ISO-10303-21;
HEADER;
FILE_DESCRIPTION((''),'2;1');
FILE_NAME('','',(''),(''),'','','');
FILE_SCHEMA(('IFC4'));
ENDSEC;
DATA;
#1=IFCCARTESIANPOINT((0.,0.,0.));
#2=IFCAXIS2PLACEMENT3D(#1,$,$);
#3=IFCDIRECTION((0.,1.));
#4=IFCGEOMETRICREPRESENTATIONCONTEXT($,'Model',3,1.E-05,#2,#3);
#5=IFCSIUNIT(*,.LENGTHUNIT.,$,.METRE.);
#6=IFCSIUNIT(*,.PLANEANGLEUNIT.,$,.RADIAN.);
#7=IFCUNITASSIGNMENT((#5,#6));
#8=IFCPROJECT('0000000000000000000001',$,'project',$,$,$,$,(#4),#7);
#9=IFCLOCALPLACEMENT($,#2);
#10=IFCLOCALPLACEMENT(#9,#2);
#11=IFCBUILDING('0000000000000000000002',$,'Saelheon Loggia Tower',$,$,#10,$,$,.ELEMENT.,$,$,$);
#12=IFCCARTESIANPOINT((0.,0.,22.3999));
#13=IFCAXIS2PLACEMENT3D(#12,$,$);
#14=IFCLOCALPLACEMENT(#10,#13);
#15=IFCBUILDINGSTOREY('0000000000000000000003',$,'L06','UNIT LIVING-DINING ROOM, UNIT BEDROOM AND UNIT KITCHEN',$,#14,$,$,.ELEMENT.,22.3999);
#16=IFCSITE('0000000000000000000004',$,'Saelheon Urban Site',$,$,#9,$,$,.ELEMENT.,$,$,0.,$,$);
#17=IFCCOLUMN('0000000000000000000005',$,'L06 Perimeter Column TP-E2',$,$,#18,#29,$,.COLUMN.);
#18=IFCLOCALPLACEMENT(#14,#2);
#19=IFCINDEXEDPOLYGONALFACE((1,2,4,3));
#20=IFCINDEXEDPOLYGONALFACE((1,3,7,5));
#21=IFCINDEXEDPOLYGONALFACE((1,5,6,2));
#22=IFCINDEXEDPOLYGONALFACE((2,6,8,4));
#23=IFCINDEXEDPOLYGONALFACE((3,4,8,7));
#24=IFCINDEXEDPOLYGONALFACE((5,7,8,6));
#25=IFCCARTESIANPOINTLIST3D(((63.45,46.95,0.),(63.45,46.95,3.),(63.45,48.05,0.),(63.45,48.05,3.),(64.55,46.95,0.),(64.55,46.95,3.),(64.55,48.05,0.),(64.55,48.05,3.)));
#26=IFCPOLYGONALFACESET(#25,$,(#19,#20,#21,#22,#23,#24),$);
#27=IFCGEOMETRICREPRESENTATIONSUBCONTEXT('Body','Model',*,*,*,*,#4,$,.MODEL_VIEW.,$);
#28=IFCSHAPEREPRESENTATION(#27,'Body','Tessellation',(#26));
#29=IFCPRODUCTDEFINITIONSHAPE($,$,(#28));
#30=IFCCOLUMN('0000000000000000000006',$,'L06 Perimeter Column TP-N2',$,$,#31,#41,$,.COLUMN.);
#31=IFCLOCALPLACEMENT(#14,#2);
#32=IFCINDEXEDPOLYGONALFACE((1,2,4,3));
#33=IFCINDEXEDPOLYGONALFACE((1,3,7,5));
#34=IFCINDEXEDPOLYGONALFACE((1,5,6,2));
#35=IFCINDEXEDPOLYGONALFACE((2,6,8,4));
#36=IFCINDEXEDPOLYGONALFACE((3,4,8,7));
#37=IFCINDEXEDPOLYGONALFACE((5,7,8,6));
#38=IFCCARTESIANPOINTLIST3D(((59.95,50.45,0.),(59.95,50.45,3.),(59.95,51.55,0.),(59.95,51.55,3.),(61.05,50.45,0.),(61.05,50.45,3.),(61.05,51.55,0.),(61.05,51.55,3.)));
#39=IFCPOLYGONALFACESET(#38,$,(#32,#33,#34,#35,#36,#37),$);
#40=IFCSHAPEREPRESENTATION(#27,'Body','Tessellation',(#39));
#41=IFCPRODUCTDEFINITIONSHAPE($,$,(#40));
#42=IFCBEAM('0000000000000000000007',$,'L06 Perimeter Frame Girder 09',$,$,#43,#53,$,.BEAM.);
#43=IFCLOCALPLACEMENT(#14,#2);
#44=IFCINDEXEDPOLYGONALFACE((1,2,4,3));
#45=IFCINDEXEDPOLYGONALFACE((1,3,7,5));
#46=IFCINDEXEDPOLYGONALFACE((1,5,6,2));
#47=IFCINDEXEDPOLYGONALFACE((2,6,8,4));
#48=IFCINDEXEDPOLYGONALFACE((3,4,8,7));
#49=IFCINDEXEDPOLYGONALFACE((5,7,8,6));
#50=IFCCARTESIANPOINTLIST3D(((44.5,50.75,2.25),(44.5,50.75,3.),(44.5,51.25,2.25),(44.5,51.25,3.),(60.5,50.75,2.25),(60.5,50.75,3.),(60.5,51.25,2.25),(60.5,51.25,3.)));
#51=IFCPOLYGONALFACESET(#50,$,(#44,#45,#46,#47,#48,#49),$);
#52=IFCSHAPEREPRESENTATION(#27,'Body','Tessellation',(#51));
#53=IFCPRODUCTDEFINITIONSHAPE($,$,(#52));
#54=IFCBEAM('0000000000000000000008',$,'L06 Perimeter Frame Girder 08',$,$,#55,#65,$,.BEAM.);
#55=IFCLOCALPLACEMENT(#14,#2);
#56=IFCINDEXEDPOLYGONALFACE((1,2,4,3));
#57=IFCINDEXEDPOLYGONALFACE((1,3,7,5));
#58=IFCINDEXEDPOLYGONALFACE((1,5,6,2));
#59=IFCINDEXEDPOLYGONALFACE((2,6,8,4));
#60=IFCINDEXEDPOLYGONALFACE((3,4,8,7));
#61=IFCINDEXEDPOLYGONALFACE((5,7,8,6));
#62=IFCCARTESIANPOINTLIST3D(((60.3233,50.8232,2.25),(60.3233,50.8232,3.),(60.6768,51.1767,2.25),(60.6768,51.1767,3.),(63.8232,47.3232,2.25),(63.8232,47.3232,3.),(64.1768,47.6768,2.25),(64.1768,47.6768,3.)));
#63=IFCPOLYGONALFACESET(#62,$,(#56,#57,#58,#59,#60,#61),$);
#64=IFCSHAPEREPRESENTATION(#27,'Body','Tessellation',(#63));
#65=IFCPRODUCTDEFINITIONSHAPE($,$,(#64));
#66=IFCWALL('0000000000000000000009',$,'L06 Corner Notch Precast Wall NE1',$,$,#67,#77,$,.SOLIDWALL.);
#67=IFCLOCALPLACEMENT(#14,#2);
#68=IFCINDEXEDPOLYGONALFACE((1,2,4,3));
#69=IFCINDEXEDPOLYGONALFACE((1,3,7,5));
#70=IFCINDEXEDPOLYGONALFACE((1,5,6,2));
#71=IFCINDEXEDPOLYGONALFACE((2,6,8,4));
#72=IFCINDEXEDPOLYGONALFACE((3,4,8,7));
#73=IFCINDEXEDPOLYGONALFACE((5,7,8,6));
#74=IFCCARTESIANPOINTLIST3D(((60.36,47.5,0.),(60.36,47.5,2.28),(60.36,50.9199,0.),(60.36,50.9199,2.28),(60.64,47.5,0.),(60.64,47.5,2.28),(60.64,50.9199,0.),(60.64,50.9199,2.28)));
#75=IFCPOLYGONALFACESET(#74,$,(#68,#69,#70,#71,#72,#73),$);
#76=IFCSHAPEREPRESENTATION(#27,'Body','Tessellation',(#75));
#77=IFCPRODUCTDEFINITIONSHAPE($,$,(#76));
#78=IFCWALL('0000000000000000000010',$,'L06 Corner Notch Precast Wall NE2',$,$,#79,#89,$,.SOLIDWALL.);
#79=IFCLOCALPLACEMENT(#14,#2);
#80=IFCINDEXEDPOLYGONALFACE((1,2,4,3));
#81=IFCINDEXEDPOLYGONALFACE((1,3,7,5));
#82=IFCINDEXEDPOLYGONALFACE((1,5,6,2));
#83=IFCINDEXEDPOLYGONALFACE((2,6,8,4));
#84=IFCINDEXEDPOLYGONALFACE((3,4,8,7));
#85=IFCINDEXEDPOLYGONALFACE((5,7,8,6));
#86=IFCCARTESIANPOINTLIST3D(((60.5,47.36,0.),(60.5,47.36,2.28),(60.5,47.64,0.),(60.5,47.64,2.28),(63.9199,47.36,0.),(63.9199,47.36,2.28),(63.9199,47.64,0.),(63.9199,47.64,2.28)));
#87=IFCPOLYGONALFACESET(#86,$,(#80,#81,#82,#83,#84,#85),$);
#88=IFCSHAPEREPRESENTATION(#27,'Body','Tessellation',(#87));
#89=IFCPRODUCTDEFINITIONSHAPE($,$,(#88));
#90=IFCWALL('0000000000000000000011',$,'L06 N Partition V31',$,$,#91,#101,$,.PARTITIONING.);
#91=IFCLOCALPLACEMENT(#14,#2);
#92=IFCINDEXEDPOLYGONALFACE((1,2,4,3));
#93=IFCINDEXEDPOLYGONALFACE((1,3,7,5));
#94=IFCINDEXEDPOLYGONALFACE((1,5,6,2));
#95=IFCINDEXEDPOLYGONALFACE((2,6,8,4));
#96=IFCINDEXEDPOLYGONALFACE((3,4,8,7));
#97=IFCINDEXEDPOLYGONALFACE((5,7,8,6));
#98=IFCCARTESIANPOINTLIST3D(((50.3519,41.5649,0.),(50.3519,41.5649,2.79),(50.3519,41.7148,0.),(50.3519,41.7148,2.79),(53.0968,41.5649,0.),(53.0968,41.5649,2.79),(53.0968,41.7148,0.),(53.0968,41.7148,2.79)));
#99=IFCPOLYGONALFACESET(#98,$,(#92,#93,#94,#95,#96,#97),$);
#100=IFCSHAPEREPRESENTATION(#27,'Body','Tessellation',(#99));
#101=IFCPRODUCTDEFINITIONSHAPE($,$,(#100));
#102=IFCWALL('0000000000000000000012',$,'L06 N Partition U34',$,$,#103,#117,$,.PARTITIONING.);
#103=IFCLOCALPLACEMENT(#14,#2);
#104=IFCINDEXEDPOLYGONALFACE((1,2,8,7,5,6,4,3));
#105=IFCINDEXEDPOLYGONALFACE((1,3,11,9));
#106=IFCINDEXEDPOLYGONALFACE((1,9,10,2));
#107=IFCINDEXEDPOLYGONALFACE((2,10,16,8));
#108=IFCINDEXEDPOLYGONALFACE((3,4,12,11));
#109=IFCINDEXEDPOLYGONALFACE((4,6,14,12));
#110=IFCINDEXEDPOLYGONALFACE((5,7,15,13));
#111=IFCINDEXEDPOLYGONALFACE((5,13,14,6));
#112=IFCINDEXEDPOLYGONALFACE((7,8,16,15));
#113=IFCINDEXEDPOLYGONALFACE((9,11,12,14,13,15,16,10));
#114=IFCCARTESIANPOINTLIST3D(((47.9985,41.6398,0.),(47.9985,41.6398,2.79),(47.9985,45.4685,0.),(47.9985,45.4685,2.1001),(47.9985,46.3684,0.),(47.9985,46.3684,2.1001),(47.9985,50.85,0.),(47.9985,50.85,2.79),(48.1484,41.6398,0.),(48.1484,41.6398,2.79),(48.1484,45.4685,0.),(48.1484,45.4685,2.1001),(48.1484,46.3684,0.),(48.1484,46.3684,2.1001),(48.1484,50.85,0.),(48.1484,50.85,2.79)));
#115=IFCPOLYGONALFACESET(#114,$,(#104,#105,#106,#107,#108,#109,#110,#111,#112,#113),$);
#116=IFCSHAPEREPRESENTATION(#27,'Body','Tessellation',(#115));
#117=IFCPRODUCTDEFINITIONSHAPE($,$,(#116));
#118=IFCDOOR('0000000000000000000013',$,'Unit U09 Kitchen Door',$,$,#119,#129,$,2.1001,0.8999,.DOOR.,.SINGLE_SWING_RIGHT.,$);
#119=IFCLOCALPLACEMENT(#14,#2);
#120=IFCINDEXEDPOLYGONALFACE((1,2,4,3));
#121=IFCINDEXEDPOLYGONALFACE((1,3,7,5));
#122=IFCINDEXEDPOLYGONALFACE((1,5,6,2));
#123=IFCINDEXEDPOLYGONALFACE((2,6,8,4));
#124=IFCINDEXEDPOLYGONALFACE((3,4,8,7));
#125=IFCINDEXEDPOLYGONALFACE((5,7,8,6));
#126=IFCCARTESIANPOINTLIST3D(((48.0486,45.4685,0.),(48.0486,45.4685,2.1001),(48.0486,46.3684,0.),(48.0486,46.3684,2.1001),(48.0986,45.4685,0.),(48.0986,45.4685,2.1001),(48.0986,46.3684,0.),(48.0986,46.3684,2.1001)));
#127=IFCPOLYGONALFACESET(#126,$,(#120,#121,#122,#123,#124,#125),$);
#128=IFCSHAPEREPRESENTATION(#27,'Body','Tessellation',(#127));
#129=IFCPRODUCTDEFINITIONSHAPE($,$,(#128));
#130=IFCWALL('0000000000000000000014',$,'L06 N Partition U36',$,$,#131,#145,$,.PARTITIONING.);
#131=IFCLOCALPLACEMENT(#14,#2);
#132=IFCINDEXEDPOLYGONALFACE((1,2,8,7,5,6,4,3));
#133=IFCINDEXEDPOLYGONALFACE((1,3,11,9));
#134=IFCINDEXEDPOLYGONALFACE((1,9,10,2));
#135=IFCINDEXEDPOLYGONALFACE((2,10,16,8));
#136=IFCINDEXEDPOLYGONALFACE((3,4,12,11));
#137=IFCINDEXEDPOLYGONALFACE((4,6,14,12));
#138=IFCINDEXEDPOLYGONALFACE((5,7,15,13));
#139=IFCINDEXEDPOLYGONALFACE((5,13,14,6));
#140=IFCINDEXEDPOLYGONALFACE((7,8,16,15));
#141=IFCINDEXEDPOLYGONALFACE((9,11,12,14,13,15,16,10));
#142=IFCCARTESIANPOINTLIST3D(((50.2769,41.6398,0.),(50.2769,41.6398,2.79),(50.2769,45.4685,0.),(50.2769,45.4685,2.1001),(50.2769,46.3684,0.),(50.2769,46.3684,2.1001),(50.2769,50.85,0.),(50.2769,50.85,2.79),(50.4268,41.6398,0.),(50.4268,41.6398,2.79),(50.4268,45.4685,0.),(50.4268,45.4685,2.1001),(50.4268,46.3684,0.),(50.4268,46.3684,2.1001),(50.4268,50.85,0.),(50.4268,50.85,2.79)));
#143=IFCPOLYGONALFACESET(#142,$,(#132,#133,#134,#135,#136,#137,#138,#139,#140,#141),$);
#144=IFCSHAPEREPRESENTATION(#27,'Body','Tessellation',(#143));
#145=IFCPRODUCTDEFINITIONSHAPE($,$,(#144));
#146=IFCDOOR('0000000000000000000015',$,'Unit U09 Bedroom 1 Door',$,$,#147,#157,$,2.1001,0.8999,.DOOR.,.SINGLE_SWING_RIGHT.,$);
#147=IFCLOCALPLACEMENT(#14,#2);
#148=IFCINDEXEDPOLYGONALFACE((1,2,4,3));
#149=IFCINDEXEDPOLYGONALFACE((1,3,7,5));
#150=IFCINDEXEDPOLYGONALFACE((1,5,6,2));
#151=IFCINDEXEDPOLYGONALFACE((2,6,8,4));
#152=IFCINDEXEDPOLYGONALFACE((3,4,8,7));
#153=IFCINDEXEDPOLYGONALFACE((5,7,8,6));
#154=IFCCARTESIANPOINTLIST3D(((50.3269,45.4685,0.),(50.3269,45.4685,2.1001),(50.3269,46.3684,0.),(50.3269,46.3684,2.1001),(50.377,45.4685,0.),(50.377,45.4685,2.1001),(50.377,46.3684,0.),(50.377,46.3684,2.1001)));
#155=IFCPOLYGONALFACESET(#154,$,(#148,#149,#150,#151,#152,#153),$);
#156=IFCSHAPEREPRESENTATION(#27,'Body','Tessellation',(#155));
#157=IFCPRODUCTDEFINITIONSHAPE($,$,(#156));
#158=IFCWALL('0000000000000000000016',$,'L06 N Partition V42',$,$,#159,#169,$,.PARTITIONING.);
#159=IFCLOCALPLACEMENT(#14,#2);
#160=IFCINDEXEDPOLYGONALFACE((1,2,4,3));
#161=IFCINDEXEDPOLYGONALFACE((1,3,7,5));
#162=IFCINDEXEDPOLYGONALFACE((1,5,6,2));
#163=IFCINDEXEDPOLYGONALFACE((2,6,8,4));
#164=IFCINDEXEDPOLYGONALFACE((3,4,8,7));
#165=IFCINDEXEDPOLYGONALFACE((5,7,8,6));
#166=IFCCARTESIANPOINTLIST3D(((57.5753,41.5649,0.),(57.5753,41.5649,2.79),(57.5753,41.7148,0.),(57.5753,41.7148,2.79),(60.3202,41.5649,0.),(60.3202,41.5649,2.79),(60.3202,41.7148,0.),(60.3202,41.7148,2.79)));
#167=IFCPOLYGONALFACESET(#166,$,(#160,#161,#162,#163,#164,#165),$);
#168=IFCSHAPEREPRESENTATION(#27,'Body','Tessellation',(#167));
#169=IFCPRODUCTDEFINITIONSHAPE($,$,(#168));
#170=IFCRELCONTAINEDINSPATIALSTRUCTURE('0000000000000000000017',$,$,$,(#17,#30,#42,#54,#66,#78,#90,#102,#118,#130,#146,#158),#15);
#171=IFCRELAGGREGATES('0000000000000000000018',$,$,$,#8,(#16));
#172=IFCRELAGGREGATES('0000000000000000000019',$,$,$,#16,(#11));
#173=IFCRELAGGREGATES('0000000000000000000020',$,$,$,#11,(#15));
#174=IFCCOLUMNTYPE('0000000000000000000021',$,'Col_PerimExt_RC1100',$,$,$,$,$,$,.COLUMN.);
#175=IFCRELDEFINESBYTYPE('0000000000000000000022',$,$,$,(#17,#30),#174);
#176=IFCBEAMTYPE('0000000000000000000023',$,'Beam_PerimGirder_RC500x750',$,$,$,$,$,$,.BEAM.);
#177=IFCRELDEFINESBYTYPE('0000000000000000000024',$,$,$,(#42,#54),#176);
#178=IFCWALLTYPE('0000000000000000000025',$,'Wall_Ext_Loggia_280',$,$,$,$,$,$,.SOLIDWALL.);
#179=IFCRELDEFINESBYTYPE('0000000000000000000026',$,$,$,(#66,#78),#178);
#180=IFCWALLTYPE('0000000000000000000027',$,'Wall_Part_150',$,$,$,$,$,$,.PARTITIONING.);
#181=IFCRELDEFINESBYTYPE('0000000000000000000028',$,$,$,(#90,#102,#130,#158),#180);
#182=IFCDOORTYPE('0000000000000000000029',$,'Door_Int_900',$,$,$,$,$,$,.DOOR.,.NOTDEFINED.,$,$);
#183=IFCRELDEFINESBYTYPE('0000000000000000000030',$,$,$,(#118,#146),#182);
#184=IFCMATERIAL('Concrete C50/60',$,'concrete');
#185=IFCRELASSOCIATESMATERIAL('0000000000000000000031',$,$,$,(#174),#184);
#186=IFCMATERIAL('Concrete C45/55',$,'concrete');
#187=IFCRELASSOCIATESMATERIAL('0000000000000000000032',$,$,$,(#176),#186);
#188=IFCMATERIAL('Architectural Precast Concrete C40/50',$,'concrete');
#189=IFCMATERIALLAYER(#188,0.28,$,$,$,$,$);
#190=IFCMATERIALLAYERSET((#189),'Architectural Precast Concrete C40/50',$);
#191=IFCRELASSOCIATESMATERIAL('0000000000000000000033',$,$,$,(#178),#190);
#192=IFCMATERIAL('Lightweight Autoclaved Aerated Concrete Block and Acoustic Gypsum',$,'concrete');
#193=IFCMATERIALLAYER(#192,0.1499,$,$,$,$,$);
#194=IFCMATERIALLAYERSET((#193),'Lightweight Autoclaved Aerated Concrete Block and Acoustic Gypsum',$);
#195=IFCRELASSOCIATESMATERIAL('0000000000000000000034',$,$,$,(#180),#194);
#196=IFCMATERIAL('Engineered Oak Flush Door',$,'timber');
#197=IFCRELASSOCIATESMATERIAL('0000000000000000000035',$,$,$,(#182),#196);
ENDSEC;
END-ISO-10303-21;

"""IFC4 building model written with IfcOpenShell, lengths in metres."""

from ifc_helpers import new_model, si_unit, direction, frame, frame_2d, origin, origin_2d, place, context, subcontext, project, spatial, rectangle, extrude, source, transform, mapped, material, layer, layer_set, material_profile, profile_set, type_object, element, fill, save


model = new_model("IFC4")

# Units and contexts
model_context = context("Model", 3, precision=1e-05, world=origin(), true_north=direction((0.0, 1.0)))
body_context = subcontext(model_context, "Body", "Model", "MODEL_VIEW")
ifc_project = project(units=[si_unit("LENGTHUNIT", "METRE"), si_unit("PLANEANGLEUNIT", "RADIAN")], contexts=[model_context])

# Site, building, storey
site_placement = place(None, origin())
site = spatial("IfcSite", under=ifc_project, at=site_placement, Name="Saelheon Urban Site", CompositionType="ELEMENT", RefElevation=0.0)
building_placement = place(site_placement, origin())
building = spatial("IfcBuilding", under=site, at=building_placement, Name="Saelheon Loggia Tower", CompositionType="ELEMENT")
storey_placement = place(building_placement, frame((0.0, 0.0, 22.3999)))
storey = spatial("IfcBuildingStorey", under=building, at=storey_placement, Name="L06", Description="UNIT LIVING-DINING ROOM, UNIT BEDROOM AND UNIT KITCHEN", CompositionType="ELEMENT", Elevation=22.3999)

# Columns
ifc_material_1 = material(Name="Concrete C50/60", Category="concrete")
ifc_material_profile_1 = material_profile(ifc_material_1, rectangle(XDim=1.1001, YDim=1.1001, at=origin_2d()), Name="RC-1100x1100")
ifc_profile_set_1 = profile_set([ifc_material_profile_1], Name="Concrete C50/60")
column_type = type_object("IfcColumnType", Name="Col_PerimExt_RC1100", PredefinedType="COLUMN", material=ifc_profile_set_1)
shared_shape_1 = source(origin(), body_context, "Body", "SweptSolid", [
    extrude(rectangle(XDim=1.1001, YDim=1.1001, at=origin_2d()), origin(), (0.0, 0.0, 1.0), 3.0),
])
for number, where, z_axis, x_axis, name in (
    (1, (64.0, 47.5, 0.0), (0.0, 0.0, 1.0), (1.0, 0.0, 0.0), "L06 Perimeter Column TP-E2"),
    (2, (60.5, 51.0, 0.0), (0.0, 0.0, 1.0), (1.0, 0.0, 0.0), "L06 Perimeter Column TP-N2"),
):
    element("IfcColumn", number, at=place(storey_placement, frame(where, z_axis=z_axis, x_axis=x_axis)), inside=storey, type_object=column_type, Name=name, PredefinedType="COLUMN", context=body_context, shape_type="MappedRepresentation", body=[
        mapped(shared_shape_1, transform((0.0, 0.0, 0.0), scale=1.0)),
    ])

# Beams
ifc_material_2 = material(Name="Concrete C45/55", Category="concrete")
ifc_material_profile_2 = material_profile(ifc_material_2, rectangle(XDim=0.5, YDim=0.75, at=origin_2d()), Name="RC-500x750")
ifc_profile_set_2 = profile_set([ifc_material_profile_2], Name="Concrete C45/55")
beam_type = type_object("IfcBeamType", Name="Beam_PerimGirder_RC500x750", PredefinedType="BEAM", material=ifc_profile_set_2)
shared_shape_2 = source(origin(), body_context, "Body", "SweptSolid", [
    extrude(rectangle(XDim=0.5, YDim=0.75, at=origin_2d()), origin(), (0.0, 0.0, 1.0), 16.0),
])
beam_1_placement = place(storey_placement, frame((60.5, 51.0, 2.625), z_axis=(-1.0, 0.0, 0.0), x_axis=(0.0, -1.0, 0.0)))
element("IfcBeam", 3, at=beam_1_placement, inside=storey, type_object=beam_type, Name="L06 Perimeter Frame Girder 09", PredefinedType="BEAM", context=body_context, shape_type="MappedRepresentation", body=[
    mapped(shared_shape_2, transform((0.0, 0.0, 0.0), scale=1.0)),
])
shared_shape_3 = source(origin(), body_context, "Body", "SweptSolid", [
    extrude(rectangle(XDim=0.5, YDim=0.75, at=origin_2d()), origin(), (0.0, 0.0, 1.0), 4.9497),
])
beam_2_placement = place(storey_placement, frame((64.0, 47.5, 2.625), z_axis=(-0.707107, 0.707107, 0.0), x_axis=(-0.707107, -0.707107, 0.0)))
element("IfcBeam", 4, at=beam_2_placement, inside=storey, type_object=beam_type, Name="L06 Perimeter Frame Girder 08", PredefinedType="BEAM", context=body_context, shape_type="MappedRepresentation", body=[
    mapped(shared_shape_3, transform((0.0, 0.0, 0.0), scale=1.0)),
])

# Walls
ifc_material_3 = material(Name="Architectural Precast Concrete C40/50", Category="concrete")
ifc_layer_1 = layer(ifc_material_3, 0.28)
ifc_layer_set_1 = layer_set([ifc_layer_1], Name="Architectural Precast Concrete C40/50")
wall_type_1 = type_object("IfcWallType", Name="Wall_Ext_Loggia_280", PredefinedType="SOLIDWALL", material=ifc_layer_set_1)
for number, where, z_axis, x_axis, name in (
    (5, (60.5, 47.5, 0.0), (0.0, 0.0, 1.0), (0.0, 1.0, 0.0), "L06 Corner Notch Precast Wall NE1"),
    (6, (60.5, 47.5, 0.0), (0.0, 0.0, 1.0), (1.0, 0.0, 0.0), "L06 Corner Notch Precast Wall NE2"),
):
    element("IfcWall", number, at=place(storey_placement, frame(where, z_axis=z_axis, x_axis=x_axis)), inside=storey, type_object=wall_type_1, Name=name, PredefinedType="SOLIDWALL", context=body_context, shape_type="SweptSolid", body=[
        extrude(rectangle(XDim=3.4199, YDim=0.28, at=frame_2d((1.71, 0.0))), origin(), (0.0, 0.0, 1.0), 2.28),
    ])
ifc_material_4 = material(Name="Lightweight Autoclaved Aerated Concrete Block and Acoustic Gypsum", Category="concrete")
ifc_layer_2 = layer(ifc_material_4, 0.1499)
ifc_layer_set_2 = layer_set([ifc_layer_2], Name="Lightweight Autoclaved Aerated Concrete Block and Acoustic Gypsum")
wall_type_2 = type_object("IfcWallType", Name="Wall_Part_150", PredefinedType="PARTITIONING", material=ifc_layer_set_2)
wall_1_placement = place(storey_placement, frame((50.3518, 41.6399, 0.0), z_axis=(0.0, 0.0, 1.0), x_axis=(1.0, 0.0, 0.0)))
element("IfcWall", 7, at=wall_1_placement, inside=storey, type_object=wall_type_2, Name="L06 N Partition V31", PredefinedType="PARTITIONING", context=body_context, shape_type="SweptSolid", body=[
    extrude(rectangle(XDim=2.7449, YDim=0.1499, at=frame_2d((1.3726, 0.0))), origin(), (0.0, 0.0, 1.0), 2.79),
])

# Walls, openings, doors
wall_2_placement = place(storey_placement, frame((48.0735, 41.6399, 0.0), z_axis=(0.0, 0.0, 1.0), x_axis=(0.0, 1.0, 0.0)))
wall_2 = element("IfcWall", 8, at=wall_2_placement, inside=storey, type_object=wall_type_2, Name="L06 N Partition U34", PredefinedType="PARTITIONING", context=body_context, shape_type="SweptSolid", body=[
    extrude(rectangle(XDim=9.2102, YDim=0.1499, at=frame_2d((4.605, 0.0))), origin(), (0.0, 0.0, 1.0), 2.79),
])
opening_1_placement = place(wall_2_placement, frame((3.8286, 0.0, 0.0)))
opening_1 = element("IfcOpeningElement", 9, at=opening_1_placement, cuts=wall_2, PredefinedType="OPENING", context=body_context, shape_type="SweptSolid", body=[
    extrude(rectangle(XDim=0.8999, YDim=2.1001, at=frame_2d((0.45, 1.05))), frame((0.0, 0.0869, 0.0), z_axis=(0.0, -1.0, 0.0), x_axis=(1.0, 0.0, 0.0)), (0.0, 0.0, 1.0), 0.1738),
])
ifc_material_5 = material(Name="Engineered Oak Flush Door", Category="timber")
door_type_1 = type_object("IfcDoorType", Name="Door_Int_900", OperationType="NOTDEFINED", PredefinedType="DOOR", material=ifc_material_5)
shared_shape_4 = source(origin(), body_context, "Body", "SweptSolid", [
    extrude(rectangle(XDim=0.8999, YDim=2.1001, at=frame_2d((0.45, 1.05))), frame((0.0, 0.0249, 0.0), z_axis=(0.0, -1.0, 0.0), x_axis=(1.0, 0.0, 0.0)), (0.0, 0.0, 1.0), 0.05),
])
door_1_placement = place(opening_1_placement, origin())
door_1 = element("IfcDoor", 10, at=door_1_placement, inside=storey, type_object=door_type_1, Name="Unit U09 Kitchen Door", OperationType="SINGLE_SWING_RIGHT", OverallHeight=2.1001, OverallWidth=0.8999, PredefinedType="DOOR", context=body_context, shape_type="MappedRepresentation", body=[
    mapped(shared_shape_4, transform((0.0, 0.0, 0.0), scale=1.0)),
])
fill(opening_1, door_1)
wall_3_placement = place(storey_placement, frame((50.3518, 41.6399, 0.0), z_axis=(0.0, 0.0, 1.0), x_axis=(0.0, 1.0, 0.0)))
wall_3 = element("IfcWall", 11, at=wall_3_placement, inside=storey, type_object=wall_type_2, Name="L06 N Partition U36", PredefinedType="PARTITIONING", context=body_context, shape_type="SweptSolid", body=[
    extrude(rectangle(XDim=9.2102, YDim=0.1499, at=frame_2d((4.605, 0.0))), origin(), (0.0, 0.0, 1.0), 2.79),
])
opening_2_placement = place(wall_3_placement, frame((3.8286, 0.0, 0.0)))
opening_2 = element("IfcOpeningElement", 12, at=opening_2_placement, cuts=wall_3, PredefinedType="OPENING", context=body_context, shape_type="SweptSolid", body=[
    extrude(rectangle(XDim=0.8999, YDim=2.1001, at=frame_2d((0.45, 1.05))), frame((0.0, 0.0869, 0.0), z_axis=(0.0, -1.0, 0.0), x_axis=(1.0, 0.0, 0.0)), (0.0, 0.0, 1.0), 0.1738),
])
door_2_placement = place(opening_2_placement, origin())
door_2 = element("IfcDoor", 13, at=door_2_placement, inside=storey, type_object=door_type_1, Name="Unit U09 Bedroom 1 Door", OperationType="SINGLE_SWING_RIGHT", OverallHeight=2.1001, OverallWidth=0.8999, PredefinedType="DOOR", context=body_context, shape_type="MappedRepresentation", body=[
    mapped(shared_shape_4, transform((0.0, 0.0, 0.0), scale=1.0)),
])
fill(opening_2, door_2)

# Wall
wall_4_placement = place(storey_placement, frame((57.5752, 41.6399, 0.0), z_axis=(0.0, 0.0, 1.0), x_axis=(1.0, 0.0, 0.0)))
element("IfcWall", 14, at=wall_4_placement, inside=storey, type_object=wall_type_2, Name="L06 N Partition V42", PredefinedType="PARTITIONING", context=body_context, shape_type="SweptSolid", body=[
    extrude(rectangle(XDim=2.7449, YDim=0.1499, at=frame_2d((1.3726, 0.0))), origin(), (0.0, 0.0, 1.0), 2.79),
])

save(model, "model.ifc")
